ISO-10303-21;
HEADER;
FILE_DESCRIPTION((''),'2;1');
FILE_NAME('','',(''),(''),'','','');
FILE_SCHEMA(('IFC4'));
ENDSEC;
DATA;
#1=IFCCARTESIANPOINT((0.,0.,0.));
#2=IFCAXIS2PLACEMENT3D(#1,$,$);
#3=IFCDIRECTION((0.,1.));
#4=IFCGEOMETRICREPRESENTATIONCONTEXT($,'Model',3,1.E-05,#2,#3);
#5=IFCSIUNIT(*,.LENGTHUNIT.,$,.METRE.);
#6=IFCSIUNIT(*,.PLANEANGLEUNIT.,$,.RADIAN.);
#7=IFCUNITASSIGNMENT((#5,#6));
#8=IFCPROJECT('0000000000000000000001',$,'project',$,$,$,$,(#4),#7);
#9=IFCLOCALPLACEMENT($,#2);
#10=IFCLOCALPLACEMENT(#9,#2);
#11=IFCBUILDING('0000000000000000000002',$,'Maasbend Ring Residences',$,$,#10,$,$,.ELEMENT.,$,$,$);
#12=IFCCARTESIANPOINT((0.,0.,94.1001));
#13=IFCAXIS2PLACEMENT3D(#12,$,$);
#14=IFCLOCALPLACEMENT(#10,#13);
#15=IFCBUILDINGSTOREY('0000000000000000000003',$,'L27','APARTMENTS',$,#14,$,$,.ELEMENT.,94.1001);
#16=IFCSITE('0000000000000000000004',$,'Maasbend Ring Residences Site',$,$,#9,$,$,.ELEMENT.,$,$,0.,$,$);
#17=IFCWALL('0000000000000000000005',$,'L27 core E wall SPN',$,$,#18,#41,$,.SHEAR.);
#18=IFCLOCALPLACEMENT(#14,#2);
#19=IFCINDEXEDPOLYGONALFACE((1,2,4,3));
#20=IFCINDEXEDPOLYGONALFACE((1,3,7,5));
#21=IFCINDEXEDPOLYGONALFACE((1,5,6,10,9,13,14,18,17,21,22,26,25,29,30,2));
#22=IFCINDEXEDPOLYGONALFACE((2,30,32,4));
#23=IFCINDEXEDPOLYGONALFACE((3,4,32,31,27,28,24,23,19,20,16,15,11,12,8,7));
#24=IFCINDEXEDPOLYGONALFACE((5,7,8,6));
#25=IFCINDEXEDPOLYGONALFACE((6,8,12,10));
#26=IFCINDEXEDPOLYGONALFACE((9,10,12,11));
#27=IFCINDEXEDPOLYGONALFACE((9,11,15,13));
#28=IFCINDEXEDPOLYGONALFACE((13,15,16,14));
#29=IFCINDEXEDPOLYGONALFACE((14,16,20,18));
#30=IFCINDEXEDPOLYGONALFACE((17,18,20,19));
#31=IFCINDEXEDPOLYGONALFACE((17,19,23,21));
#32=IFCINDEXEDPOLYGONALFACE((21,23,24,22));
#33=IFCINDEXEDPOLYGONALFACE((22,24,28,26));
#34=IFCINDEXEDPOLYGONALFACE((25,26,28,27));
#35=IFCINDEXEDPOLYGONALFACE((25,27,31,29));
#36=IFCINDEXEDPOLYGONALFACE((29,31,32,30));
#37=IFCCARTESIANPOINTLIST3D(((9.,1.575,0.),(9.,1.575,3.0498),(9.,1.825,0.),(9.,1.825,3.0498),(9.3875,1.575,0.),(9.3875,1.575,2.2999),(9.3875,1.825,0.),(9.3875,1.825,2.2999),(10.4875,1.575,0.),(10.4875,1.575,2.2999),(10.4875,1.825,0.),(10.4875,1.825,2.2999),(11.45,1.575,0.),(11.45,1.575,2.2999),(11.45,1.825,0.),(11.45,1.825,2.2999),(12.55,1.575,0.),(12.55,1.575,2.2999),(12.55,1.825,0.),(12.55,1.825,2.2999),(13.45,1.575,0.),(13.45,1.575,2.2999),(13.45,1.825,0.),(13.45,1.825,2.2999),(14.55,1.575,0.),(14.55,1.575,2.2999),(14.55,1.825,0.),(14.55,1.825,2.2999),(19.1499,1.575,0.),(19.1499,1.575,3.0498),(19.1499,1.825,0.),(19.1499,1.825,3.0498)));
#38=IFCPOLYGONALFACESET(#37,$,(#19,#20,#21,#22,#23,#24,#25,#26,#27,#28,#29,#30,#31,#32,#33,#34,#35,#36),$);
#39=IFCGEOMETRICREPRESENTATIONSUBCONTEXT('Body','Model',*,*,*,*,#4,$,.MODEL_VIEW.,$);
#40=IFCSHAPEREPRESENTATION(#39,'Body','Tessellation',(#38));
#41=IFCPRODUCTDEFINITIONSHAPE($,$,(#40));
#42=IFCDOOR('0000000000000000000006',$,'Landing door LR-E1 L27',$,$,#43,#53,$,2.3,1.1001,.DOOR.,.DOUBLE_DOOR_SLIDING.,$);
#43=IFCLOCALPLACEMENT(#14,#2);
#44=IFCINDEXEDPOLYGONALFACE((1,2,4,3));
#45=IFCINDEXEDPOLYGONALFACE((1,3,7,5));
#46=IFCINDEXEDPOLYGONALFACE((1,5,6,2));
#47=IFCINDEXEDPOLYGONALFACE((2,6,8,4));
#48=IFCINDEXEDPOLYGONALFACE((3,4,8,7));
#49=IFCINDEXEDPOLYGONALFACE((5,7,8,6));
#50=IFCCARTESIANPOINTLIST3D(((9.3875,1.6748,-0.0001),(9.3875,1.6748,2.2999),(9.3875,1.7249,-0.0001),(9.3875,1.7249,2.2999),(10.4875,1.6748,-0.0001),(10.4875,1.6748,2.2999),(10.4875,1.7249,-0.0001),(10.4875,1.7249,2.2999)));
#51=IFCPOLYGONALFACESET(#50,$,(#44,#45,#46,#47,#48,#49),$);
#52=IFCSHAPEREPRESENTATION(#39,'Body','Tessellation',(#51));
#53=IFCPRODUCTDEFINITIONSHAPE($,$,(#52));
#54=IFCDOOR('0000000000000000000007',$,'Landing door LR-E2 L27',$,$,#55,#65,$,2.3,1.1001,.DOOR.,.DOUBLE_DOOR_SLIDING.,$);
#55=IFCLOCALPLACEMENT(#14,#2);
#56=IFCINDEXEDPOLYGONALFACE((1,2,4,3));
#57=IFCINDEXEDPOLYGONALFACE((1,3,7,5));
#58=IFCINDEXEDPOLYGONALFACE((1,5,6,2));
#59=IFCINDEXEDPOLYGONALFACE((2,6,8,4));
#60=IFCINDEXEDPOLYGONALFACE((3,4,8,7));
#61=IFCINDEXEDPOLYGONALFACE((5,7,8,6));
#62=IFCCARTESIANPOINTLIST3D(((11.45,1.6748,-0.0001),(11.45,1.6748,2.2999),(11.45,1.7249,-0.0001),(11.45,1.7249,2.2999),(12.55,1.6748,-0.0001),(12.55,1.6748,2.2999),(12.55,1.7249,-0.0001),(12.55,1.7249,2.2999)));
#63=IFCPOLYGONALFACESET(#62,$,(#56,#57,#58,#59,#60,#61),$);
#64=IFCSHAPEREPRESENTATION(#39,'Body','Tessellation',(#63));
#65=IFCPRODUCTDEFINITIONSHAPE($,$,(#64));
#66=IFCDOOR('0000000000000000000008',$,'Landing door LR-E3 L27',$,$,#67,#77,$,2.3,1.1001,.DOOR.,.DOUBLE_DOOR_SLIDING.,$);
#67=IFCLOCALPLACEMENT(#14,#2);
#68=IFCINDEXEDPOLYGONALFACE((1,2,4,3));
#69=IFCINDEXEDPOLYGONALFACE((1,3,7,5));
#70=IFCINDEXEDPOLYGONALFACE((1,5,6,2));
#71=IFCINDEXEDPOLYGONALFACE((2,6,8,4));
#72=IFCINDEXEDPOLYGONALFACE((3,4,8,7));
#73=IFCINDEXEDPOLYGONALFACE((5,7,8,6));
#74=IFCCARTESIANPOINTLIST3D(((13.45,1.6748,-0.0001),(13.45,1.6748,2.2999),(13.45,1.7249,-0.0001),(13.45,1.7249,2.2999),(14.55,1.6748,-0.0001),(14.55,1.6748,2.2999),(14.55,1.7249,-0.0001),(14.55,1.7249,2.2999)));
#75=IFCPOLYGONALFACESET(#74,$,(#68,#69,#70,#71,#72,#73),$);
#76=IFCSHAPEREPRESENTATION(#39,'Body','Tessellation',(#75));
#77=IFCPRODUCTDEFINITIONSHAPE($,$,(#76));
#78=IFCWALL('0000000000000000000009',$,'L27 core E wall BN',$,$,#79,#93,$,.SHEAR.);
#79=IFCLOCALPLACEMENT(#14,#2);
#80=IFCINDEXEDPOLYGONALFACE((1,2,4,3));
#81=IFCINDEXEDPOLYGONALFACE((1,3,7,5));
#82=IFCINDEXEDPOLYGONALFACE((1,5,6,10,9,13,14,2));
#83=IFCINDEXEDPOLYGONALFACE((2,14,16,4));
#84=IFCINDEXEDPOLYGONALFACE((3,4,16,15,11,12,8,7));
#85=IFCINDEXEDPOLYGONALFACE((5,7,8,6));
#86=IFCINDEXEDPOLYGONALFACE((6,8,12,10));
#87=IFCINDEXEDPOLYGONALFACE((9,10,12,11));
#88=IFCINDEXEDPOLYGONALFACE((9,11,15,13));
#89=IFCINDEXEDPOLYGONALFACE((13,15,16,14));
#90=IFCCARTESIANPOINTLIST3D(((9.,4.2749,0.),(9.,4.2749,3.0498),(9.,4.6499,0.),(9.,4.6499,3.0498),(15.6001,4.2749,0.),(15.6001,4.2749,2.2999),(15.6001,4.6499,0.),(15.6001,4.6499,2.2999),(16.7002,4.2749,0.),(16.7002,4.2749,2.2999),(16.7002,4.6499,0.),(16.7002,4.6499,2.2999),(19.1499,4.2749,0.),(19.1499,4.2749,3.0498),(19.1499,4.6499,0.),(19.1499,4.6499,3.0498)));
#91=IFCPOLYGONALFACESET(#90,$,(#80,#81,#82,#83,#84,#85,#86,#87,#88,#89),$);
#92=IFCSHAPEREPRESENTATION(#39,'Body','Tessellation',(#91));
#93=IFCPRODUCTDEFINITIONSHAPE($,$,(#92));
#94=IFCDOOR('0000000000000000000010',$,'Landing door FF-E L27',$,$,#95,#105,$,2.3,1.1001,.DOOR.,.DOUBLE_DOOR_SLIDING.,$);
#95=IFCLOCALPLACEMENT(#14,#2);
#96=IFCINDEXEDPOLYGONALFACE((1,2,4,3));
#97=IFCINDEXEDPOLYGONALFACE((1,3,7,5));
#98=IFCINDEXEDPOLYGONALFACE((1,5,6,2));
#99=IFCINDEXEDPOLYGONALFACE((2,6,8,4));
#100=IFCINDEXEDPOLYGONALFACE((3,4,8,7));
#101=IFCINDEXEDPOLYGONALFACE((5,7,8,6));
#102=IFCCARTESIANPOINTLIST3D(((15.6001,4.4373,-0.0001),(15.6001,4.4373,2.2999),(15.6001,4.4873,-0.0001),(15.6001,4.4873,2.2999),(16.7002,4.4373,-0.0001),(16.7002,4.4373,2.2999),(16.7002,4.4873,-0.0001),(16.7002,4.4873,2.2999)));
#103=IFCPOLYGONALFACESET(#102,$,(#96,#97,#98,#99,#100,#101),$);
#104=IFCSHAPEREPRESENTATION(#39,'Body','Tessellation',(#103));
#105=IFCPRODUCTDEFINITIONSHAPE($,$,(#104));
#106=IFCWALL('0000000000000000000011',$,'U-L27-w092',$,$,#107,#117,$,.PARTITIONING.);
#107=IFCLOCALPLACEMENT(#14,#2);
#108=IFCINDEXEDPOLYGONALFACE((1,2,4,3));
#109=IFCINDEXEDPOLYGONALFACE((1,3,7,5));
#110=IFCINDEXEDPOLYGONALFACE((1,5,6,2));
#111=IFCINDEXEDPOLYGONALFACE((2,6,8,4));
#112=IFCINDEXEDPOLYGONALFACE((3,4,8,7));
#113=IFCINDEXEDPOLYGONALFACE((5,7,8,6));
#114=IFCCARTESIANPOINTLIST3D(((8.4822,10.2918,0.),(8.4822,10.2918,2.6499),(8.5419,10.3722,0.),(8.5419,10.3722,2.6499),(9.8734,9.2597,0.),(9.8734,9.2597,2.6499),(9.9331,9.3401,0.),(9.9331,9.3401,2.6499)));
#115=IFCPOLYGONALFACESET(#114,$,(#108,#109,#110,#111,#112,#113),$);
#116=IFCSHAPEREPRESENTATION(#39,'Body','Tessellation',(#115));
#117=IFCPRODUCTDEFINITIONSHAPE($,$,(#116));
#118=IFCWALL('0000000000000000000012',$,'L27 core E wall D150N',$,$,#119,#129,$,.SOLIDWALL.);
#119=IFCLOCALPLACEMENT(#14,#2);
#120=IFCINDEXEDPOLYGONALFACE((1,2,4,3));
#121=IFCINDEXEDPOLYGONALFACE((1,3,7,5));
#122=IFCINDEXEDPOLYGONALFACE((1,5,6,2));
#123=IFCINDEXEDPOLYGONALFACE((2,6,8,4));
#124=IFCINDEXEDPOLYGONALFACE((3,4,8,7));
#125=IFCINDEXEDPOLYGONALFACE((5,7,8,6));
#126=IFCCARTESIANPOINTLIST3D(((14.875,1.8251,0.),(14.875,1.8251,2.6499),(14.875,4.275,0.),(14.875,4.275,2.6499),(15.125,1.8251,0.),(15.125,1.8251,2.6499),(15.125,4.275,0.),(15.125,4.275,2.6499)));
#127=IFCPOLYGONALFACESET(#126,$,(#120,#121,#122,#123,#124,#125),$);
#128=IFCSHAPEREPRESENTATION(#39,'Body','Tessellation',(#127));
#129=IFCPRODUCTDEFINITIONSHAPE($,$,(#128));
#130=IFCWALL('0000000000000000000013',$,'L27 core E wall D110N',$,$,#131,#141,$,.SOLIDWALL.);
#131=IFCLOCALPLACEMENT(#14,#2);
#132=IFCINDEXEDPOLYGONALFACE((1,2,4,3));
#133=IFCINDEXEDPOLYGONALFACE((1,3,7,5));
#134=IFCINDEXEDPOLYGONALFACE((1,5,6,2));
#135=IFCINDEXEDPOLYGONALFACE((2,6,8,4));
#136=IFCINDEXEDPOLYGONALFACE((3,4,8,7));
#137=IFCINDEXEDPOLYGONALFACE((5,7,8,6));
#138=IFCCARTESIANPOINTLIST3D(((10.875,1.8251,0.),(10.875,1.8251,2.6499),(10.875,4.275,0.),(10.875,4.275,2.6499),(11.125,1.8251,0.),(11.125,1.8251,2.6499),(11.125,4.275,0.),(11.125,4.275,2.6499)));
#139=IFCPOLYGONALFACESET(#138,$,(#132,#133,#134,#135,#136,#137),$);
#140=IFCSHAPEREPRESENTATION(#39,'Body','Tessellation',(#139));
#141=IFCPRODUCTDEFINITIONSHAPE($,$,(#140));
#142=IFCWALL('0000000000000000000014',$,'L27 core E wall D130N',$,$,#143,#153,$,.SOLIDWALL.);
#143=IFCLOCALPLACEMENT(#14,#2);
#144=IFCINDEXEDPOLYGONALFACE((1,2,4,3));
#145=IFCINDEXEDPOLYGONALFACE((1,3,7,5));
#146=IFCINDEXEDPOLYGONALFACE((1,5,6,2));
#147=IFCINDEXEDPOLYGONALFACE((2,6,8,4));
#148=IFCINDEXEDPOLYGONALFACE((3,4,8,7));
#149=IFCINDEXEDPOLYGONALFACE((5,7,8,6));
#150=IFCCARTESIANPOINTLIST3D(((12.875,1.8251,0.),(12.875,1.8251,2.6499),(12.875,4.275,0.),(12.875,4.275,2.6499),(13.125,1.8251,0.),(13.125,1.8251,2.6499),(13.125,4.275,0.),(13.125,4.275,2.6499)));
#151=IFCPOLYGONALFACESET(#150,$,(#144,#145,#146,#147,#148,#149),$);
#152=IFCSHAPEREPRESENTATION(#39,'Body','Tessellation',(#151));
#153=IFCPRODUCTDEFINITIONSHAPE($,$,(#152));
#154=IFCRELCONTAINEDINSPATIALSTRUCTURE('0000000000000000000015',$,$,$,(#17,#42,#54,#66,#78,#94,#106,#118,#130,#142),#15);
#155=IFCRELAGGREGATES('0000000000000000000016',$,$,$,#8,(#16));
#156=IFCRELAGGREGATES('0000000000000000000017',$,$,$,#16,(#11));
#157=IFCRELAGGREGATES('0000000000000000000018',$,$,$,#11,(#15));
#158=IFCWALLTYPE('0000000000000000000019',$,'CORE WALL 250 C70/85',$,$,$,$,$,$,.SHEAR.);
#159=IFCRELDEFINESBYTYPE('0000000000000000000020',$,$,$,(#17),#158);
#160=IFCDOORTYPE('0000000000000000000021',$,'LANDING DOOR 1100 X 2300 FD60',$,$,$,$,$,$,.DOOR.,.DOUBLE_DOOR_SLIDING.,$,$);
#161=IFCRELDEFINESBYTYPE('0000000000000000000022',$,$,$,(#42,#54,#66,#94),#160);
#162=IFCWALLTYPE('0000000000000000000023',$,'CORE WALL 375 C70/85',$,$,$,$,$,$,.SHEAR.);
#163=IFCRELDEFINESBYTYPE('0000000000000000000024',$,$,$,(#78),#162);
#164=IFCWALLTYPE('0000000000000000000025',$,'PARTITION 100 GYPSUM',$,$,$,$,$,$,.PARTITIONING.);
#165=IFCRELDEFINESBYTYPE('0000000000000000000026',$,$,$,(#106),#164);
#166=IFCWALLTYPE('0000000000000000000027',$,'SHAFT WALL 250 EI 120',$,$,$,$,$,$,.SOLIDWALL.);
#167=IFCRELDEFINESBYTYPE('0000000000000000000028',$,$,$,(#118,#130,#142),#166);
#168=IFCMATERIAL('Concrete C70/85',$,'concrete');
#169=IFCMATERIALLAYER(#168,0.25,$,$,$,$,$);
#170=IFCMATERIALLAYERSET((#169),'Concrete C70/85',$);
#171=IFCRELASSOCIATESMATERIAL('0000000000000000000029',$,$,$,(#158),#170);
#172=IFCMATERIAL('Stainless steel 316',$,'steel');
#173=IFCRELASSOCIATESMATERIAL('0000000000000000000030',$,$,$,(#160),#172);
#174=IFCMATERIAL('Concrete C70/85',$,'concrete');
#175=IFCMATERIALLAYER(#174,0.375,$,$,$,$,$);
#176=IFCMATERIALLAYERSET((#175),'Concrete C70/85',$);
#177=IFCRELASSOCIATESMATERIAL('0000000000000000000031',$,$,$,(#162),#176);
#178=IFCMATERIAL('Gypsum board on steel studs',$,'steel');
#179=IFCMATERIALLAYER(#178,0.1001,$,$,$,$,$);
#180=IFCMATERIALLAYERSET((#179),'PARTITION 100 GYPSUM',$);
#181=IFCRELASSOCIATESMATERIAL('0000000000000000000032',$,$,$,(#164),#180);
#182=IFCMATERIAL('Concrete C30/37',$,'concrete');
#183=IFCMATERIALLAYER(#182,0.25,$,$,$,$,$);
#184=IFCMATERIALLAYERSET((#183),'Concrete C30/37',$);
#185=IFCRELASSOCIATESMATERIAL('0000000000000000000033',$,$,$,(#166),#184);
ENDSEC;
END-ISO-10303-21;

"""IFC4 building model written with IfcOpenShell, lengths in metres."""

from ifc_helpers import new_model, si_unit, direction, frame, frame_2d, origin, place, context, subcontext, project, spatial, rectangle, extrude, material, layer, layer_set, type_object, element, fill, save


model = new_model("IFC4")

# Units and contexts
model_context = context("Model", 3, precision=1e-05, world=origin(), true_north=direction((0.0, 1.0)))
body_context = subcontext(model_context, "Body", "Model", "MODEL_VIEW")
ifc_project = project(units=[si_unit("LENGTHUNIT", "METRE"), si_unit("PLANEANGLEUNIT", "RADIAN")], contexts=[model_context])

# Site, building, storey
site_placement = place(None, origin())
site = spatial("IfcSite", under=ifc_project, at=site_placement, Name="Maasbend Ring Residences Site", CompositionType="ELEMENT", RefElevation=0.0)
building_placement = place(site_placement, origin())
building = spatial("IfcBuilding", under=site, at=building_placement, Name="Maasbend Ring Residences", CompositionType="ELEMENT")
storey_placement = place(building_placement, frame((0.0, 0.0, 94.1001)))
storey = spatial("IfcBuildingStorey", under=building, at=storey_placement, Name="L27", Description="APARTMENTS", CompositionType="ELEMENT", Elevation=94.1001)

# Wall, openings, doors
ifc_material_1 = material(Name="Concrete C70/85", Category="concrete")
ifc_layer_1 = layer(ifc_material_1, 0.25)
ifc_layer_set_1 = layer_set([ifc_layer_1], Name="Concrete C70/85")
wall_type_1 = type_object("IfcWallType", Name="CORE WALL 250 C70/85", PredefinedType="SHEAR", material=ifc_layer_set_1)
wall_1_placement = place(storey_placement, frame((9.0, 1.7, 0.0), z_axis=(0.0, 0.0, 1.0), x_axis=(1.0, 0.0, 0.0)))
wall_1 = element("IfcWall", 1, at=wall_1_placement, inside=storey, type_object=wall_type_1, Name="L27 core E wall SPN", PredefinedType="SHEAR", context=body_context, shape_type="SweptSolid", body=[
    extrude(rectangle(XDim=10.1499, YDim=0.25, at=frame_2d((5.075, 0.0))), origin(), (0.0, 0.0, 1.0), 3.0498),
])
opening_1_placement = place(wall_1_placement, frame((0.3875, 0.0, 0.0)))
opening_1 = element("IfcOpeningElement", 2, at=opening_1_placement, cuts=wall_1, PredefinedType="OPENING", context=body_context, shape_type="SweptSolid", body=[
    extrude(rectangle(XDim=1.1001, YDim=2.3, at=frame_2d((0.55, 1.1499))), frame((0.0, 0.135, 0.0), z_axis=(0.0, -1.0, 0.0), x_axis=(1.0, 0.0, 0.0)), (0.0, 0.0, 1.0), 0.27),
])
opening_2_placement = place(wall_1_placement, frame((2.45, 0.0, 0.0)))
opening_2 = element("IfcOpeningElement", 3, at=opening_2_placement, cuts=wall_1, PredefinedType="OPENING", context=body_context, shape_type="SweptSolid", body=[
    extrude(rectangle(XDim=1.1001, YDim=2.3, at=frame_2d((0.55, 1.1499))), frame((0.0, 0.135, 0.0), z_axis=(0.0, -1.0, 0.0), x_axis=(1.0, 0.0, 0.0)), (0.0, 0.0, 1.0), 0.27),
])
opening_3_placement = place(wall_1_placement, frame((4.45, 0.0, 0.0)))
opening_3 = element("IfcOpeningElement", 4, at=opening_3_placement, cuts=wall_1, PredefinedType="OPENING", context=body_context, shape_type="SweptSolid", body=[
    extrude(rectangle(XDim=1.1001, YDim=2.3, at=frame_2d((0.55, 1.1499))), frame((0.0, 0.135, 0.0), z_axis=(0.0, -1.0, 0.0), x_axis=(1.0, 0.0, 0.0)), (0.0, 0.0, 1.0), 0.27),
])
ifc_material_2 = material(Name="Stainless steel 316", Category="steel")
door_type = type_object("IfcDoorType", Name="LANDING DOOR 1100 X 2300 FD60", OperationType="DOUBLE_DOOR_SLIDING", PredefinedType="DOOR", material=ifc_material_2)
door_1_placement = place(opening_1_placement, origin())
door_1 = element("IfcDoor", 5, at=door_1_placement, inside=storey, type_object=door_type, Name="Landing door LR-E1 L27", OperationType="DOUBLE_DOOR_SLIDING", OverallHeight=2.3, OverallWidth=1.1001, PredefinedType="DOOR", context=body_context, shape_type="SweptSolid", body=[
    extrude(rectangle(XDim=1.1001, YDim=2.3, at=frame_2d((0.55, 1.1499))), frame((0.0, 0.0249, 0.0), z_axis=(0.0, -1.0, 0.0), x_axis=(1.0, 0.0, 0.0)), (0.0, 0.0, 1.0), 0.05),
])
fill(opening_1, door_1)
door_2_placement = place(opening_2_placement, origin())
door_2 = element("IfcDoor", 6, at=door_2_placement, inside=storey, type_object=door_type, Name="Landing door LR-E2 L27", OperationType="DOUBLE_DOOR_SLIDING", OverallHeight=2.3, OverallWidth=1.1001, PredefinedType="DOOR", context=body_context, shape_type="SweptSolid", body=[
    extrude(rectangle(XDim=1.1001, YDim=2.3, at=frame_2d((0.55, 1.1499))), frame((0.0, 0.0249, 0.0), z_axis=(0.0, -1.0, 0.0), x_axis=(1.0, 0.0, 0.0)), (0.0, 0.0, 1.0), 0.05),
])
fill(opening_2, door_2)
door_3_placement = place(opening_3_placement, origin())
door_3 = element("IfcDoor", 7, at=door_3_placement, inside=storey, type_object=door_type, Name="Landing door LR-E3 L27", OperationType="DOUBLE_DOOR_SLIDING", OverallHeight=2.3, OverallWidth=1.1001, PredefinedType="DOOR", context=body_context, shape_type="SweptSolid", body=[
    extrude(rectangle(XDim=1.1001, YDim=2.3, at=frame_2d((0.55, 1.1499))), frame((0.0, 0.0249, 0.0), z_axis=(0.0, -1.0, 0.0), x_axis=(1.0, 0.0, 0.0)), (0.0, 0.0, 1.0), 0.05),
])
fill(opening_3, door_3)

# Wall, opening, door
ifc_material_3 = material(Name="Concrete C70/85", Category="concrete")
ifc_layer_2 = layer(ifc_material_3, 0.375)
ifc_layer_set_2 = layer_set([ifc_layer_2], Name="Concrete C70/85")
wall_type_2 = type_object("IfcWallType", Name="CORE WALL 375 C70/85", PredefinedType="SHEAR", material=ifc_layer_set_2)
wall_2_placement = place(storey_placement, frame((9.0, 4.4624, 0.0), z_axis=(0.0, 0.0, 1.0), x_axis=(1.0, 0.0, 0.0)))
wall_2 = element("IfcWall", 8, at=wall_2_placement, inside=storey, type_object=wall_type_2, Name="L27 core E wall BN", PredefinedType="SHEAR", context=body_context, shape_type="SweptSolid", body=[
    extrude(rectangle(XDim=10.1499, YDim=0.375, at=frame_2d((5.075, 0.0))), origin(), (0.0, 0.0, 1.0), 3.0498),
])
opening_4_placement = place(wall_2_placement, frame((6.6001, 0.0, 0.0)))
opening_4 = element("IfcOpeningElement", 9, at=opening_4_placement, cuts=wall_2, PredefinedType="OPENING", context=body_context, shape_type="SweptSolid", body=[
    extrude(rectangle(XDim=1.1001, YDim=2.3, at=frame_2d((0.55, 1.1499))), frame((0.0, 0.1975, 0.0), z_axis=(0.0, -1.0, 0.0), x_axis=(1.0, 0.0, 0.0)), (0.0, 0.0, 1.0), 0.395),
])
door_4_placement = place(opening_4_placement, origin())
door_4 = element("IfcDoor", 10, at=door_4_placement, inside=storey, type_object=door_type, Name="Landing door FF-E L27", OperationType="DOUBLE_DOOR_SLIDING", OverallHeight=2.3, OverallWidth=1.1001, PredefinedType="DOOR", context=body_context, shape_type="SweptSolid", body=[
    extrude(rectangle(XDim=1.1001, YDim=2.3, at=frame_2d((0.55, 1.1499))), frame((0.0, 0.0249, 0.0), z_axis=(0.0, -1.0, 0.0), x_axis=(1.0, 0.0, 0.0)), (0.0, 0.0, 1.0), 0.05),
])
fill(opening_4, door_4)

# Walls
ifc_material_4 = material(Name="Gypsum board on steel studs", Category="steel")
ifc_layer_3 = layer(ifc_material_4, 0.1001)
ifc_layer_set_3 = layer_set([ifc_layer_3], Name="PARTITION 100 GYPSUM")
wall_type_3 = type_object("IfcWallType", Name="PARTITION 100 GYPSUM", PredefinedType="PARTITIONING", material=ifc_layer_set_3)
wall_3_placement = place(storey_placement, frame((8.512, 10.332, 0.0), z_axis=(0.0, 0.0, 1.0), x_axis=(0.803135, -0.595797, 0.0)))
element("IfcWall", 11, at=wall_3_placement, inside=storey, type_object=wall_type_3, Name="U-L27-w092", PredefinedType="PARTITIONING", context=body_context, shape_type="SweptSolid", body=[
    extrude(rectangle(XDim=1.7322, YDim=0.1001, at=frame_2d((0.8662, 0.0))), origin(), (0.0, 0.0, 1.0), 2.6499),
])
ifc_material_5 = material(Name="Concrete C30/37", Category="concrete")
ifc_layer_4 = layer(ifc_material_5, 0.25)
ifc_layer_set_4 = layer_set([ifc_layer_4], Name="Concrete C30/37")
wall_type_4 = type_object("IfcWallType", Name="SHAFT WALL 250 EI 120", PredefinedType="SOLIDWALL", material=ifc_layer_set_4)
for number, where, z_axis, x_axis, name in (
    (12, (15.0, 1.825, 0.0), (0.0, 0.0, 1.0), (0.0, 1.0, 0.0), "L27 core E wall D150N"),
    (13, (11.0, 1.825, 0.0), (0.0, 0.0, 1.0), (0.0, 1.0, 0.0), "L27 core E wall D110N"),
    (14, (13.0, 1.825, 0.0), (0.0, 0.0, 1.0), (0.0, 1.0, 0.0), "L27 core E wall D130N"),
):
    element("IfcWall", number, at=place(storey_placement, frame(where, z_axis=z_axis, x_axis=x_axis)), inside=storey, type_object=wall_type_4, Name=name, PredefinedType="SOLIDWALL", context=body_context, shape_type="SweptSolid", body=[
        extrude(rectangle(XDim=2.45, YDim=0.25, at=frame_2d((1.2251, 0.0))), origin(), (0.0, 0.0, 1.0), 2.6499),
    ])

save(model, "model.ifc")
